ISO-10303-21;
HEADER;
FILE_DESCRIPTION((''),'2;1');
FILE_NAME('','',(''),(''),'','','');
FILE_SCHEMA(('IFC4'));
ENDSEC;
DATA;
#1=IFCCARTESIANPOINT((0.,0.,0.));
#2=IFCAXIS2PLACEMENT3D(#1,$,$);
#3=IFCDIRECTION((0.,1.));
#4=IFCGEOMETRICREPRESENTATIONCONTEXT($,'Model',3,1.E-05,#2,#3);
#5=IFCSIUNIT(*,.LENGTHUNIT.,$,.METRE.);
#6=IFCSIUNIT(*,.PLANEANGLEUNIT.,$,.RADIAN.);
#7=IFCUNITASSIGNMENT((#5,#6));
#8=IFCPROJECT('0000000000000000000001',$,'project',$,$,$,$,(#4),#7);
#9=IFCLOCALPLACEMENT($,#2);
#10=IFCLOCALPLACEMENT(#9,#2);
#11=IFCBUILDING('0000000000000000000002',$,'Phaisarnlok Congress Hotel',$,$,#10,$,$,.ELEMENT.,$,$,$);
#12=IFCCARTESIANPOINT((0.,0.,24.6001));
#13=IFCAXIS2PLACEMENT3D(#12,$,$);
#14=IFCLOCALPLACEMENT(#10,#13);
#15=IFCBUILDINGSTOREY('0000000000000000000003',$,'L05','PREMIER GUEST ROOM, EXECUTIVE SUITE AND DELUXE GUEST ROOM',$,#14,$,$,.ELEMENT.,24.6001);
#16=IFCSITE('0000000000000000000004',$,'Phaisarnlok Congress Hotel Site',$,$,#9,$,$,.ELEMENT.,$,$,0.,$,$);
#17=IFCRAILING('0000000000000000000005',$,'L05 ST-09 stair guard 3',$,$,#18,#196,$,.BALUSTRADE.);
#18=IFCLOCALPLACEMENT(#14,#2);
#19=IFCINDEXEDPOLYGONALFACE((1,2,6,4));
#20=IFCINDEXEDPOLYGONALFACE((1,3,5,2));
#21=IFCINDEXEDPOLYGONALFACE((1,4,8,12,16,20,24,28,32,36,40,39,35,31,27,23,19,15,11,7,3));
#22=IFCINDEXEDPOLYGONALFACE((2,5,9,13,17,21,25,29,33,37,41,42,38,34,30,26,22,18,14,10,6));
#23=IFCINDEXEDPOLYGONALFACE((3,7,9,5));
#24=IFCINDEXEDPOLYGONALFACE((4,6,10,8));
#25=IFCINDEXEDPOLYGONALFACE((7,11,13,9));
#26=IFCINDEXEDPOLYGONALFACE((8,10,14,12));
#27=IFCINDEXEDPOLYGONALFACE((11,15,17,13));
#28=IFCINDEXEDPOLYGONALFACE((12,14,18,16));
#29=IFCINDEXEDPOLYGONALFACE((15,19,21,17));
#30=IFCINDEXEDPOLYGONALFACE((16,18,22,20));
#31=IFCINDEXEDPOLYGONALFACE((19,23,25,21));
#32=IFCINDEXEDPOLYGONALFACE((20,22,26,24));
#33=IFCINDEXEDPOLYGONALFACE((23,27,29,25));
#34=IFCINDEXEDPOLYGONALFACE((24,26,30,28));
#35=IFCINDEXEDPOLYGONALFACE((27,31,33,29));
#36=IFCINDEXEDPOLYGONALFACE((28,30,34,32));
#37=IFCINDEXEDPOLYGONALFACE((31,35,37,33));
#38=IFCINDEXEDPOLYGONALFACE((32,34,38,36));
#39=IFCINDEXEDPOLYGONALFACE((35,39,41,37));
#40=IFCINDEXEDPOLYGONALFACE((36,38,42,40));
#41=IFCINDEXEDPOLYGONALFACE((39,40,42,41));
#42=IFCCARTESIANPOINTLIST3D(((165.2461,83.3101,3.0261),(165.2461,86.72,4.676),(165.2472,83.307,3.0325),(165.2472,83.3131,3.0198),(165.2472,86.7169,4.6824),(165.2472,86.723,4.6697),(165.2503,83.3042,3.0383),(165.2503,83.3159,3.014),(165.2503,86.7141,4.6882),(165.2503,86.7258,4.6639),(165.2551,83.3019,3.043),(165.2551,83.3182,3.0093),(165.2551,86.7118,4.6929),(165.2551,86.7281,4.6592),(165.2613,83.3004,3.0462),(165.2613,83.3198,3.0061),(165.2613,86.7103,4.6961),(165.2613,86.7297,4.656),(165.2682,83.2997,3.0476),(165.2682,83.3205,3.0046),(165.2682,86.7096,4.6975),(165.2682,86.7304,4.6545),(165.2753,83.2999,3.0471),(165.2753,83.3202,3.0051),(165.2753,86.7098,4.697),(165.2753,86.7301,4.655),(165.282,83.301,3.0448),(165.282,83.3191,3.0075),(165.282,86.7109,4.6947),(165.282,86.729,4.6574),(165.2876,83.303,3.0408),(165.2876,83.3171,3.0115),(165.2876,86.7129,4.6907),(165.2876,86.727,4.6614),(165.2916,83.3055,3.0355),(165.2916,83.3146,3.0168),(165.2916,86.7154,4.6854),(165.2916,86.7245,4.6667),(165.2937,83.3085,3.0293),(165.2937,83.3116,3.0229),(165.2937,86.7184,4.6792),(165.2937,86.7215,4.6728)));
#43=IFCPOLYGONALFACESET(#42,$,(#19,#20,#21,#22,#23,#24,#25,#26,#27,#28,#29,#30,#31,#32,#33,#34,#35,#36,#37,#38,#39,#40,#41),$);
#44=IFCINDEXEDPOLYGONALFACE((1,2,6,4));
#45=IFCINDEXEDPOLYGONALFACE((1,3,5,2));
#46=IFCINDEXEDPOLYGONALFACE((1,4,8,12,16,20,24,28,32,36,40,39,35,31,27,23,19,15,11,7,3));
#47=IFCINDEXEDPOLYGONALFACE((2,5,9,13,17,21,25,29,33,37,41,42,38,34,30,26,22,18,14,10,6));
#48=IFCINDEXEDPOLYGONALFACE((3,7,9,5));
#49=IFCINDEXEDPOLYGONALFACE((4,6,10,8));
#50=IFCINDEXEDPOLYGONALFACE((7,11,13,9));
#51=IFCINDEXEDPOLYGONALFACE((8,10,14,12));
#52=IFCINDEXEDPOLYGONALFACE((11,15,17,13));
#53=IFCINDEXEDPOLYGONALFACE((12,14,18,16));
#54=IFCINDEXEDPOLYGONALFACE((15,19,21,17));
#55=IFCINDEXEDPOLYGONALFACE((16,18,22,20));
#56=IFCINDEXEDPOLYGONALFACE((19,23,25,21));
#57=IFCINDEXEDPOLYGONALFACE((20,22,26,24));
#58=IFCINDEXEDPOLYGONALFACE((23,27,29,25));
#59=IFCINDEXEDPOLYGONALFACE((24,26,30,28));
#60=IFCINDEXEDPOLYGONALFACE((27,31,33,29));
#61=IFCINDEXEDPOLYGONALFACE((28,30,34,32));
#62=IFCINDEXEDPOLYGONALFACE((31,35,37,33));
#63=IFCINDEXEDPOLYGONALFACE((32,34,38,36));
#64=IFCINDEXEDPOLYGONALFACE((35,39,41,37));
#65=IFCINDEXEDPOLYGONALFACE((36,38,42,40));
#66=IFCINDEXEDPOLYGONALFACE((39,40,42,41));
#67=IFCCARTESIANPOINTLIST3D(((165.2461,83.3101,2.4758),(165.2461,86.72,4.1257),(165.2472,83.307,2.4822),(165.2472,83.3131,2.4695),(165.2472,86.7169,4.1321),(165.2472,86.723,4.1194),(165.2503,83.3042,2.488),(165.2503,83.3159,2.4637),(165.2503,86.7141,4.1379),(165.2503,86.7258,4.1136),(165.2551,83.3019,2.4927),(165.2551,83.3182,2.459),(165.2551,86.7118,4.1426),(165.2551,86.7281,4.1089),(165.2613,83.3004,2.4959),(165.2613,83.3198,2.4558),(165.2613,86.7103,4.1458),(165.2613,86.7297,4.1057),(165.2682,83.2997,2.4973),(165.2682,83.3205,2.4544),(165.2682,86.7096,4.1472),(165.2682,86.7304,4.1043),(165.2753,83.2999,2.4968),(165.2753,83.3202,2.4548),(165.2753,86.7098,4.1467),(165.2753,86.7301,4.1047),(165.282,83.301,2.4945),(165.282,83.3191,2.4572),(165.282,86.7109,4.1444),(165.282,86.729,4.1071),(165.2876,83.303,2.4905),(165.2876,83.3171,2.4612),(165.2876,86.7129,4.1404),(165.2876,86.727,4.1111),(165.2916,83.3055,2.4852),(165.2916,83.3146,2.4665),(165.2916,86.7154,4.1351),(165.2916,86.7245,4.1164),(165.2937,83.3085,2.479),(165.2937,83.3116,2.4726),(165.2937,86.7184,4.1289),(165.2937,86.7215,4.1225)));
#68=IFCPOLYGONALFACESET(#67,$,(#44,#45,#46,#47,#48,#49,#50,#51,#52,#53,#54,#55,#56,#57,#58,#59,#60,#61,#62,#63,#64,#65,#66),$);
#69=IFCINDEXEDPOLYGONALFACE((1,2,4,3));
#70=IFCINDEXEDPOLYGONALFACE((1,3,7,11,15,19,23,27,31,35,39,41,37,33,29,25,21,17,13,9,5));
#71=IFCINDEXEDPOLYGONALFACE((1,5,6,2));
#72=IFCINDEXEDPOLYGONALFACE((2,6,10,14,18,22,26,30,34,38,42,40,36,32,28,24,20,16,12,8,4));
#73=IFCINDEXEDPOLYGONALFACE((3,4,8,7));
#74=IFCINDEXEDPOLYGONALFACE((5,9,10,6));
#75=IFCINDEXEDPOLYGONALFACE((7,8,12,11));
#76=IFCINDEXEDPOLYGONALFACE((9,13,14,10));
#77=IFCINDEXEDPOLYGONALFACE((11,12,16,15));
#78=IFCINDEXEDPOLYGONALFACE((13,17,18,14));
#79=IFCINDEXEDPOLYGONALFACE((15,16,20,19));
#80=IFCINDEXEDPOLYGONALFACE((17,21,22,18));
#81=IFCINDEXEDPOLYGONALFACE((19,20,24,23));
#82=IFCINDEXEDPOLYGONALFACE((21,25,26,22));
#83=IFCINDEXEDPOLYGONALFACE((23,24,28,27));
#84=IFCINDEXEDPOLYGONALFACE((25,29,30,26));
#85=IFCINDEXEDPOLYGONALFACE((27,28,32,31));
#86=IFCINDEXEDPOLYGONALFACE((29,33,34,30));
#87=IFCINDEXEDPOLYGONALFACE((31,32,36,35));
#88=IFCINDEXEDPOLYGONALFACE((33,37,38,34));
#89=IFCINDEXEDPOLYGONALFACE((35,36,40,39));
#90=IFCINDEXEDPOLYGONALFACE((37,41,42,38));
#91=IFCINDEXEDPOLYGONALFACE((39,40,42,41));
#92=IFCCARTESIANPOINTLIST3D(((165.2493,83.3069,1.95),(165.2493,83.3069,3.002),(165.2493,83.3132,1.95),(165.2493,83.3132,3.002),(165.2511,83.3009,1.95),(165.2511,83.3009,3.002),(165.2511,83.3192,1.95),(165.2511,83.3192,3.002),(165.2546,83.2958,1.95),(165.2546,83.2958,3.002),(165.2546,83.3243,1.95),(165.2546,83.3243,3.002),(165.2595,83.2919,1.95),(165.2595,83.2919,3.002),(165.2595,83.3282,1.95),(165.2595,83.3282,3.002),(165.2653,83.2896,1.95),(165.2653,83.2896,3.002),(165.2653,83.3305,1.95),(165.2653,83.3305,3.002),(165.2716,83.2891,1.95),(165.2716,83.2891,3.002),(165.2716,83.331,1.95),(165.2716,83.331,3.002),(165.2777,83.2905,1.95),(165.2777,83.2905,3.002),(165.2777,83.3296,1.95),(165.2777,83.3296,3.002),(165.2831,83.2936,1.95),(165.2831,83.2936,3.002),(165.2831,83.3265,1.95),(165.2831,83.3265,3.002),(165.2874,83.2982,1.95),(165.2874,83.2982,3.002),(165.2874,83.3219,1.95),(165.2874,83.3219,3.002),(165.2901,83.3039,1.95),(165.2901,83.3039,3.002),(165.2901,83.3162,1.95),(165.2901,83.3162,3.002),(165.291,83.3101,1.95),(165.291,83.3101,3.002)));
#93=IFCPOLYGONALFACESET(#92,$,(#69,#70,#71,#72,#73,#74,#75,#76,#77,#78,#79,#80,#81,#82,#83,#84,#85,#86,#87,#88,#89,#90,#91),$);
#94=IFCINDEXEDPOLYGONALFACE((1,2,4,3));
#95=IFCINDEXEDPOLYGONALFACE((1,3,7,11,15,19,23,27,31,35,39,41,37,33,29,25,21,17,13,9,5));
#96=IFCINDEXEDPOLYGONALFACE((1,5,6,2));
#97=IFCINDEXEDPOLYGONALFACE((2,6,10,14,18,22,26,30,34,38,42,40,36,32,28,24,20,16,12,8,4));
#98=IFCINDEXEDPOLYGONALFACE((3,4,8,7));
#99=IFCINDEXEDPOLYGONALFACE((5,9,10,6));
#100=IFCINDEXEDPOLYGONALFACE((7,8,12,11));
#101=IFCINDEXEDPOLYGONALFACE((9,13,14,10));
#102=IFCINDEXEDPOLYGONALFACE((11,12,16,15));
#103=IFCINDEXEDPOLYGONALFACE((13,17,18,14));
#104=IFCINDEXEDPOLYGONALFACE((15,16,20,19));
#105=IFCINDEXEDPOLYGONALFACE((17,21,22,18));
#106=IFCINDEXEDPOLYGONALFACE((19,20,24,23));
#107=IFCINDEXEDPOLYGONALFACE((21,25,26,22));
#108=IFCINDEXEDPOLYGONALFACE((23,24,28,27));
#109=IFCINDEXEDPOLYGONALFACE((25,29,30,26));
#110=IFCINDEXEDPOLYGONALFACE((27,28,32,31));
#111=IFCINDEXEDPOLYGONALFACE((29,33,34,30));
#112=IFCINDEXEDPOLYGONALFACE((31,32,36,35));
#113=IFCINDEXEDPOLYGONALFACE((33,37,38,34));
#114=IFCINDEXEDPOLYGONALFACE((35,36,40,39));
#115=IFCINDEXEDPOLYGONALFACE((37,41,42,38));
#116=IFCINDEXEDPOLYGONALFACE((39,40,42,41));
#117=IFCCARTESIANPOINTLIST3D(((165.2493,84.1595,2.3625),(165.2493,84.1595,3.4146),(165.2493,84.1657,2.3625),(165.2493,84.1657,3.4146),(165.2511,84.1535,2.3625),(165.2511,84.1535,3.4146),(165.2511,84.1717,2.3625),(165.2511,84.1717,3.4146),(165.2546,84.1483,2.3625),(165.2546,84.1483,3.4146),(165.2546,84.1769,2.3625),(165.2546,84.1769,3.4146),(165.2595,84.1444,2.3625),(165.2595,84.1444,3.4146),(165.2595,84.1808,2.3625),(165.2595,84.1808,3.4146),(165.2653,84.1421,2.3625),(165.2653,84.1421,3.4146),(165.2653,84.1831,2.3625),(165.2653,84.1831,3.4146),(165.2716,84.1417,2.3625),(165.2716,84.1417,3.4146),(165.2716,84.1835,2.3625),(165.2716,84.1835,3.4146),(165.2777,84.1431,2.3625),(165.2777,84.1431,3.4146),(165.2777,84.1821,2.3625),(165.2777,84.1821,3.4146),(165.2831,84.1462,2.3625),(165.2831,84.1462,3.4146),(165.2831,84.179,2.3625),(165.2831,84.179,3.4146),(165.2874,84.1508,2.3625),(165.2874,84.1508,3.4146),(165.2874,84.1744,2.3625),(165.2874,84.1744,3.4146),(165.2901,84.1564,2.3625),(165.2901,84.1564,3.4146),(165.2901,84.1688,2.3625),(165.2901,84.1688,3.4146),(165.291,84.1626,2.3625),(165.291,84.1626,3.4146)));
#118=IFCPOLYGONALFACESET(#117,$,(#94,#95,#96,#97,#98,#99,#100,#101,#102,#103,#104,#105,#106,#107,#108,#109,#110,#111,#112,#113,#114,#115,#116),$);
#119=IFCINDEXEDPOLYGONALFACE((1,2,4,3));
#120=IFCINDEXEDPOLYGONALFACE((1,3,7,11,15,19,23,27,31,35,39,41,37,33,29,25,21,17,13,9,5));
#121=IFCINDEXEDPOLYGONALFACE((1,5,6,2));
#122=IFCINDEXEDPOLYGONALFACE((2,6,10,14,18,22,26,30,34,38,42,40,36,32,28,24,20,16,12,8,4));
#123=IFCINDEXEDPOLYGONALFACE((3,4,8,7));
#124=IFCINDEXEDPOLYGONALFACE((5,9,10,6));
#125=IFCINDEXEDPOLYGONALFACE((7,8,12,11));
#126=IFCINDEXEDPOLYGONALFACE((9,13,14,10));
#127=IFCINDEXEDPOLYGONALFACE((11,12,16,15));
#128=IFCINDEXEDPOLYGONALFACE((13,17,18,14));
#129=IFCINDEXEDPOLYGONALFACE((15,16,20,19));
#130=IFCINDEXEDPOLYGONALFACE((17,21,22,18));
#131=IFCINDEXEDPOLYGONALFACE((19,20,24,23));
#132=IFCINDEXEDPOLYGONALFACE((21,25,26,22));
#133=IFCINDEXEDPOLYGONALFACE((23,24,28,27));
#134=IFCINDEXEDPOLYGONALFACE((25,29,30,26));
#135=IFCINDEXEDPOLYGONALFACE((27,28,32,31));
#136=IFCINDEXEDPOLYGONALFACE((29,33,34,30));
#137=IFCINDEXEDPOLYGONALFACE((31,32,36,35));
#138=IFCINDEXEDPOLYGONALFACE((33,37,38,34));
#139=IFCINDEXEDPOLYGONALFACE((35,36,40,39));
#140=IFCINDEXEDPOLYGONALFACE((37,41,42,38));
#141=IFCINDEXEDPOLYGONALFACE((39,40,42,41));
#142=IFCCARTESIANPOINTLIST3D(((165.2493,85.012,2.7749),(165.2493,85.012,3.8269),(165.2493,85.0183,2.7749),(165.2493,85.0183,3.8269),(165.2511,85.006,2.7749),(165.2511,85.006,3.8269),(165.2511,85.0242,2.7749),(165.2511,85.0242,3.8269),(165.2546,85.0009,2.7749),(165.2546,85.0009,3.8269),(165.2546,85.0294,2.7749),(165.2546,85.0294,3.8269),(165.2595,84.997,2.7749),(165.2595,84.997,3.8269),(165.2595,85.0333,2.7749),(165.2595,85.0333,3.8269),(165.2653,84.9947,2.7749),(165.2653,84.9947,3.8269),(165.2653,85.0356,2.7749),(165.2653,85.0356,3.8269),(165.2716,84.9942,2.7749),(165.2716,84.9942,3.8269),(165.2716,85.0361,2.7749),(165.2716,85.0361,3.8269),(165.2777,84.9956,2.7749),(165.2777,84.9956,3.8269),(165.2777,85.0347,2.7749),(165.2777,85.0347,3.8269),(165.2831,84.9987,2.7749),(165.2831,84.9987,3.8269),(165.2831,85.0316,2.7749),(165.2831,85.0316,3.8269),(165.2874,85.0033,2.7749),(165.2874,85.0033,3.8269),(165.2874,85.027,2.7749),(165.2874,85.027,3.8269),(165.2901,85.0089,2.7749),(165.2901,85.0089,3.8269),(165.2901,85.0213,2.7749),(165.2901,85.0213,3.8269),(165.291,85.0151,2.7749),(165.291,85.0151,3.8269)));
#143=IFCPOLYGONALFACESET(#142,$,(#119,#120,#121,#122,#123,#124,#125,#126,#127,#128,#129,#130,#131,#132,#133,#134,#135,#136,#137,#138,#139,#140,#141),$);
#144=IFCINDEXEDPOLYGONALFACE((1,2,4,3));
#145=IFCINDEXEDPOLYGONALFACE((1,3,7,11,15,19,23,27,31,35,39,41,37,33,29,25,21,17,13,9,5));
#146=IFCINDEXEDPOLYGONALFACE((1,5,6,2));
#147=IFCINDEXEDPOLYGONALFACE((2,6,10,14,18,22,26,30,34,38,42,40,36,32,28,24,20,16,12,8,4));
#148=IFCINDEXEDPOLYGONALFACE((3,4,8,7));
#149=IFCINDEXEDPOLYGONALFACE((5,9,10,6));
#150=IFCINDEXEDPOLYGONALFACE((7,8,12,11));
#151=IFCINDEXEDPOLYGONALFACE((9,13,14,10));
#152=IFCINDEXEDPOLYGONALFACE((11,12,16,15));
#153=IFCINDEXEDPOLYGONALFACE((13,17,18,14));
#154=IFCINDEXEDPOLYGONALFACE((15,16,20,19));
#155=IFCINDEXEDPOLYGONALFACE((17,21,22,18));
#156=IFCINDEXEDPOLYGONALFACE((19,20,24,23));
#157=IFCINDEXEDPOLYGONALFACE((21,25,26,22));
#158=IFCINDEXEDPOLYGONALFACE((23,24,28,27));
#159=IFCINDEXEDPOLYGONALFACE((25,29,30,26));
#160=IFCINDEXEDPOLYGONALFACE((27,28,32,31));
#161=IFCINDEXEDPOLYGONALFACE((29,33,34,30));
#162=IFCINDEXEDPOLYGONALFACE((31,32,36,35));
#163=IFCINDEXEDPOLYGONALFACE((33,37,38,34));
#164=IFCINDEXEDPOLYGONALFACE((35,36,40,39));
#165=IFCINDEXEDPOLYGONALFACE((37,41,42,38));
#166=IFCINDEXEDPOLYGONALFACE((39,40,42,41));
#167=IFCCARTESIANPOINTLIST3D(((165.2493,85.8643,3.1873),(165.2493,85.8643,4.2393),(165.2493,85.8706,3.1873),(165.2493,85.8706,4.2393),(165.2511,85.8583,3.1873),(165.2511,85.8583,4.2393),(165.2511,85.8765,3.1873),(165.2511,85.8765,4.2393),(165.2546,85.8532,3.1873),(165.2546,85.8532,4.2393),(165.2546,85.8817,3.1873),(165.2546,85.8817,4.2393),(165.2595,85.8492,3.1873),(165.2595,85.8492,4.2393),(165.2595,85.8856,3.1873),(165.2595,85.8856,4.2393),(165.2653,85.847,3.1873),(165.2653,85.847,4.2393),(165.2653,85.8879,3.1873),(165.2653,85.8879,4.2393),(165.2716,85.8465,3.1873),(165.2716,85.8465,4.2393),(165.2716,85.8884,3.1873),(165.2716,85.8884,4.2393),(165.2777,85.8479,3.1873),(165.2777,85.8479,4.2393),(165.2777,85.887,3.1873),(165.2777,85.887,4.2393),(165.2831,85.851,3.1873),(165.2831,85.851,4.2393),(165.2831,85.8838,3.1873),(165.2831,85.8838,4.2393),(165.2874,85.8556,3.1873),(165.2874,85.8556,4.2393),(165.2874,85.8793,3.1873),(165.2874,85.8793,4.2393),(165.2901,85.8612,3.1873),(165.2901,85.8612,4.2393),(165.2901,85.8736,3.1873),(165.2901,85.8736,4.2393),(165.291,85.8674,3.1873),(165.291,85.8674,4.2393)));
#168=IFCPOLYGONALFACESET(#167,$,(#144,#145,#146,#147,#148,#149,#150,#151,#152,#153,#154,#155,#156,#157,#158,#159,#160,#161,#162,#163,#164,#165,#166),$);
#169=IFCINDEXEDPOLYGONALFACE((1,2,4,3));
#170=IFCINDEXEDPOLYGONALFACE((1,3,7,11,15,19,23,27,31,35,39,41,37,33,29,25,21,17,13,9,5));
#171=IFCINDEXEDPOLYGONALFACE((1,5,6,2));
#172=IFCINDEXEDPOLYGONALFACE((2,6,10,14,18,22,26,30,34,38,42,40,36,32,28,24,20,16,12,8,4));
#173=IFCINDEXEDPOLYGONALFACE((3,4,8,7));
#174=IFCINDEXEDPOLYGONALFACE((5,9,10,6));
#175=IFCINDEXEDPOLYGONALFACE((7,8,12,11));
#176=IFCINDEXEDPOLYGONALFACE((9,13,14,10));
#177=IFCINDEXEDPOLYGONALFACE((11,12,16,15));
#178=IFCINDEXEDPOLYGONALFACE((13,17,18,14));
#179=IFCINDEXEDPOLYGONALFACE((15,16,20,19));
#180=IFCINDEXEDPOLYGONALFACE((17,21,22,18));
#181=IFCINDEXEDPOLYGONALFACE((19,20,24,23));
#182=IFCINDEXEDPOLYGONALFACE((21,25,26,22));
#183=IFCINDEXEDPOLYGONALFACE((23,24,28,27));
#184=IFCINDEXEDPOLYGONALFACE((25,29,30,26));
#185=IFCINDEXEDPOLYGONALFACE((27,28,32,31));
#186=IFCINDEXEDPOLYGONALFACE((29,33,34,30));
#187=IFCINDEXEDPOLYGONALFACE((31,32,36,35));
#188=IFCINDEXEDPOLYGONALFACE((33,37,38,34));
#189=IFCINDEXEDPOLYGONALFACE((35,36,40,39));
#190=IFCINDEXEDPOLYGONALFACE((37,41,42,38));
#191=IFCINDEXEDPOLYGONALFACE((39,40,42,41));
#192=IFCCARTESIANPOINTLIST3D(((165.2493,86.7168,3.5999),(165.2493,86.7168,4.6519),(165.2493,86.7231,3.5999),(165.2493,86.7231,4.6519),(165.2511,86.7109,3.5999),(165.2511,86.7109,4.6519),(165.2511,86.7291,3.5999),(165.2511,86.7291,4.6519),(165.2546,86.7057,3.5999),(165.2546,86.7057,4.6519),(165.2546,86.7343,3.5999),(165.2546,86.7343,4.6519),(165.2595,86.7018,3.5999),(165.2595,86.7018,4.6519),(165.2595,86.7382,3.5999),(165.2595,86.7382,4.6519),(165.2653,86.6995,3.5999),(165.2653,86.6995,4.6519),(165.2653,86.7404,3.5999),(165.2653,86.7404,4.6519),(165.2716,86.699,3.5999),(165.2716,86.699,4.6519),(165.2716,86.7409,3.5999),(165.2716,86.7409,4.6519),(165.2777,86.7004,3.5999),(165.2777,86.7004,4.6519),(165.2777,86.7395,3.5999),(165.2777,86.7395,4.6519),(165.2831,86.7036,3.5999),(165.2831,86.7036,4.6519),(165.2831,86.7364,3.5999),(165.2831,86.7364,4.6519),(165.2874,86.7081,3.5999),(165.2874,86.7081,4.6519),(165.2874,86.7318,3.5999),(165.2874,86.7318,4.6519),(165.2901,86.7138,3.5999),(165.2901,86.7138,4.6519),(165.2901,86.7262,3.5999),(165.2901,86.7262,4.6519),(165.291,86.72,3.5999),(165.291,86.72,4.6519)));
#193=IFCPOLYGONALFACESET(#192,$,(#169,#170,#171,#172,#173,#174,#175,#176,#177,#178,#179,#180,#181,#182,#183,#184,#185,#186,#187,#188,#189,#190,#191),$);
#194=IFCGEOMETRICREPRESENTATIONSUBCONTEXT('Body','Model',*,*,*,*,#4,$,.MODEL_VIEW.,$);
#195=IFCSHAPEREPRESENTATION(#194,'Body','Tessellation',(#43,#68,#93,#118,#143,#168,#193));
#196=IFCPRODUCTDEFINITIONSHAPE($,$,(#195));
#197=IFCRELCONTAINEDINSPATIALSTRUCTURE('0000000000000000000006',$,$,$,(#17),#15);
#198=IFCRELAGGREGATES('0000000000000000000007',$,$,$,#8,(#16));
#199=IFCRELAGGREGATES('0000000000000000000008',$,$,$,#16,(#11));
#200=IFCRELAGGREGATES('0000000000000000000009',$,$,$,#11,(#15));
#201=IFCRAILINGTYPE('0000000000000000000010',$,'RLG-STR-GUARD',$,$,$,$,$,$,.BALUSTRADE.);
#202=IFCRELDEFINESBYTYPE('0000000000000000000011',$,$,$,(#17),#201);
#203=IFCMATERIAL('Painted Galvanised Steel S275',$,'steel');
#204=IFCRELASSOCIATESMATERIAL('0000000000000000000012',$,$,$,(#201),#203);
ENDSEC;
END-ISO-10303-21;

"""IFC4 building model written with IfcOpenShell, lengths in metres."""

from ifc_helpers import new_model, si_unit, direction, frame, origin, origin_2d, place, context, subcontext, project, spatial, circle, extrude, material, type_object, element, save


model = new_model("IFC4")

# Units and contexts
model_context = context("Model", 3, precision=1e-05, world=origin(), true_north=direction((0.0, 1.0)))
body_context = subcontext(model_context, "Body", "Model", "MODEL_VIEW")
ifc_project = project(units=[si_unit("LENGTHUNIT", "METRE"), si_unit("PLANEANGLEUNIT", "RADIAN")], contexts=[model_context])

# Site, building, storey
site_placement = place(None, origin())
site = spatial("IfcSite", under=ifc_project, at=site_placement, Name="Phaisarnlok Congress Hotel Site", CompositionType="ELEMENT", RefElevation=0.0)
building_placement = place(site_placement, origin())
building = spatial("IfcBuilding", under=site, at=building_placement, Name="Phaisarnlok Congress Hotel", CompositionType="ELEMENT")
storey_placement = place(building_placement, frame((0.0, 0.0, 24.6001)))
storey = spatial("IfcBuildingStorey", under=building, at=storey_placement, Name="L05", Description="PREMIER GUEST ROOM, EXECUTIVE SUITE AND DELUXE GUEST ROOM", CompositionType="ELEMENT", Elevation=24.6001)

# Railing
ifc_material_1 = material(Name="Painted Galvanised Steel S275", Category="steel")
railing_type_1 = type_object("IfcRailingType", Name="RLG-STR-GUARD", PredefinedType="BALUSTRADE", material=ifc_material_1)
railing_1_placement = place(storey_placement, frame((165.27, 83.3101, 1.95)))
element("IfcRailing", 1, at=railing_1_placement, inside=storey, type_object=railing_type_1, Name="L05 ST-09 stair guard 3", PredefinedType="BALUSTRADE", context=body_context, shape_type="SweptSolid", body=[
    extrude(circle(Radius=0.0239, at=origin_2d()), frame((0.0, 0.0, 1.0762), z_axis=(0.0, 0.900165, 0.435549), x_axis=(-1.0, 0.0, 0.0)), (0.0, 0.0, 1.0), 3.7881),
    extrude(circle(Radius=0.0239, at=origin_2d()), frame((0.0, 0.0, 0.5259), z_axis=(0.0, 0.900165, 0.435549), x_axis=(-1.0, 0.0, 0.0)), (0.0, 0.0, 1.0), 3.7881),
    extrude(circle(Radius=0.021, at=origin_2d()), origin(), (0.0, 0.0, 1.0), 1.052),
    extrude(circle(Radius=0.021, at=origin_2d()), frame((0.0, 0.8525, 0.4126)), (0.0, 0.0, 1.0), 1.052),
    extrude(circle(Radius=0.021, at=origin_2d()), frame((0.0, 1.7051, 0.825)), (0.0, 0.0, 1.0), 1.052),
    extrude(circle(Radius=0.021, at=origin_2d()), frame((0.0, 2.5574, 1.2373)), (0.0, 0.0, 1.0), 1.052),
    extrude(circle(Radius=0.021, at=origin_2d()), frame((0.0, 3.4099, 1.6499)), (0.0, 0.0, 1.0), 1.052),
])

save(model, "model.ifc")
